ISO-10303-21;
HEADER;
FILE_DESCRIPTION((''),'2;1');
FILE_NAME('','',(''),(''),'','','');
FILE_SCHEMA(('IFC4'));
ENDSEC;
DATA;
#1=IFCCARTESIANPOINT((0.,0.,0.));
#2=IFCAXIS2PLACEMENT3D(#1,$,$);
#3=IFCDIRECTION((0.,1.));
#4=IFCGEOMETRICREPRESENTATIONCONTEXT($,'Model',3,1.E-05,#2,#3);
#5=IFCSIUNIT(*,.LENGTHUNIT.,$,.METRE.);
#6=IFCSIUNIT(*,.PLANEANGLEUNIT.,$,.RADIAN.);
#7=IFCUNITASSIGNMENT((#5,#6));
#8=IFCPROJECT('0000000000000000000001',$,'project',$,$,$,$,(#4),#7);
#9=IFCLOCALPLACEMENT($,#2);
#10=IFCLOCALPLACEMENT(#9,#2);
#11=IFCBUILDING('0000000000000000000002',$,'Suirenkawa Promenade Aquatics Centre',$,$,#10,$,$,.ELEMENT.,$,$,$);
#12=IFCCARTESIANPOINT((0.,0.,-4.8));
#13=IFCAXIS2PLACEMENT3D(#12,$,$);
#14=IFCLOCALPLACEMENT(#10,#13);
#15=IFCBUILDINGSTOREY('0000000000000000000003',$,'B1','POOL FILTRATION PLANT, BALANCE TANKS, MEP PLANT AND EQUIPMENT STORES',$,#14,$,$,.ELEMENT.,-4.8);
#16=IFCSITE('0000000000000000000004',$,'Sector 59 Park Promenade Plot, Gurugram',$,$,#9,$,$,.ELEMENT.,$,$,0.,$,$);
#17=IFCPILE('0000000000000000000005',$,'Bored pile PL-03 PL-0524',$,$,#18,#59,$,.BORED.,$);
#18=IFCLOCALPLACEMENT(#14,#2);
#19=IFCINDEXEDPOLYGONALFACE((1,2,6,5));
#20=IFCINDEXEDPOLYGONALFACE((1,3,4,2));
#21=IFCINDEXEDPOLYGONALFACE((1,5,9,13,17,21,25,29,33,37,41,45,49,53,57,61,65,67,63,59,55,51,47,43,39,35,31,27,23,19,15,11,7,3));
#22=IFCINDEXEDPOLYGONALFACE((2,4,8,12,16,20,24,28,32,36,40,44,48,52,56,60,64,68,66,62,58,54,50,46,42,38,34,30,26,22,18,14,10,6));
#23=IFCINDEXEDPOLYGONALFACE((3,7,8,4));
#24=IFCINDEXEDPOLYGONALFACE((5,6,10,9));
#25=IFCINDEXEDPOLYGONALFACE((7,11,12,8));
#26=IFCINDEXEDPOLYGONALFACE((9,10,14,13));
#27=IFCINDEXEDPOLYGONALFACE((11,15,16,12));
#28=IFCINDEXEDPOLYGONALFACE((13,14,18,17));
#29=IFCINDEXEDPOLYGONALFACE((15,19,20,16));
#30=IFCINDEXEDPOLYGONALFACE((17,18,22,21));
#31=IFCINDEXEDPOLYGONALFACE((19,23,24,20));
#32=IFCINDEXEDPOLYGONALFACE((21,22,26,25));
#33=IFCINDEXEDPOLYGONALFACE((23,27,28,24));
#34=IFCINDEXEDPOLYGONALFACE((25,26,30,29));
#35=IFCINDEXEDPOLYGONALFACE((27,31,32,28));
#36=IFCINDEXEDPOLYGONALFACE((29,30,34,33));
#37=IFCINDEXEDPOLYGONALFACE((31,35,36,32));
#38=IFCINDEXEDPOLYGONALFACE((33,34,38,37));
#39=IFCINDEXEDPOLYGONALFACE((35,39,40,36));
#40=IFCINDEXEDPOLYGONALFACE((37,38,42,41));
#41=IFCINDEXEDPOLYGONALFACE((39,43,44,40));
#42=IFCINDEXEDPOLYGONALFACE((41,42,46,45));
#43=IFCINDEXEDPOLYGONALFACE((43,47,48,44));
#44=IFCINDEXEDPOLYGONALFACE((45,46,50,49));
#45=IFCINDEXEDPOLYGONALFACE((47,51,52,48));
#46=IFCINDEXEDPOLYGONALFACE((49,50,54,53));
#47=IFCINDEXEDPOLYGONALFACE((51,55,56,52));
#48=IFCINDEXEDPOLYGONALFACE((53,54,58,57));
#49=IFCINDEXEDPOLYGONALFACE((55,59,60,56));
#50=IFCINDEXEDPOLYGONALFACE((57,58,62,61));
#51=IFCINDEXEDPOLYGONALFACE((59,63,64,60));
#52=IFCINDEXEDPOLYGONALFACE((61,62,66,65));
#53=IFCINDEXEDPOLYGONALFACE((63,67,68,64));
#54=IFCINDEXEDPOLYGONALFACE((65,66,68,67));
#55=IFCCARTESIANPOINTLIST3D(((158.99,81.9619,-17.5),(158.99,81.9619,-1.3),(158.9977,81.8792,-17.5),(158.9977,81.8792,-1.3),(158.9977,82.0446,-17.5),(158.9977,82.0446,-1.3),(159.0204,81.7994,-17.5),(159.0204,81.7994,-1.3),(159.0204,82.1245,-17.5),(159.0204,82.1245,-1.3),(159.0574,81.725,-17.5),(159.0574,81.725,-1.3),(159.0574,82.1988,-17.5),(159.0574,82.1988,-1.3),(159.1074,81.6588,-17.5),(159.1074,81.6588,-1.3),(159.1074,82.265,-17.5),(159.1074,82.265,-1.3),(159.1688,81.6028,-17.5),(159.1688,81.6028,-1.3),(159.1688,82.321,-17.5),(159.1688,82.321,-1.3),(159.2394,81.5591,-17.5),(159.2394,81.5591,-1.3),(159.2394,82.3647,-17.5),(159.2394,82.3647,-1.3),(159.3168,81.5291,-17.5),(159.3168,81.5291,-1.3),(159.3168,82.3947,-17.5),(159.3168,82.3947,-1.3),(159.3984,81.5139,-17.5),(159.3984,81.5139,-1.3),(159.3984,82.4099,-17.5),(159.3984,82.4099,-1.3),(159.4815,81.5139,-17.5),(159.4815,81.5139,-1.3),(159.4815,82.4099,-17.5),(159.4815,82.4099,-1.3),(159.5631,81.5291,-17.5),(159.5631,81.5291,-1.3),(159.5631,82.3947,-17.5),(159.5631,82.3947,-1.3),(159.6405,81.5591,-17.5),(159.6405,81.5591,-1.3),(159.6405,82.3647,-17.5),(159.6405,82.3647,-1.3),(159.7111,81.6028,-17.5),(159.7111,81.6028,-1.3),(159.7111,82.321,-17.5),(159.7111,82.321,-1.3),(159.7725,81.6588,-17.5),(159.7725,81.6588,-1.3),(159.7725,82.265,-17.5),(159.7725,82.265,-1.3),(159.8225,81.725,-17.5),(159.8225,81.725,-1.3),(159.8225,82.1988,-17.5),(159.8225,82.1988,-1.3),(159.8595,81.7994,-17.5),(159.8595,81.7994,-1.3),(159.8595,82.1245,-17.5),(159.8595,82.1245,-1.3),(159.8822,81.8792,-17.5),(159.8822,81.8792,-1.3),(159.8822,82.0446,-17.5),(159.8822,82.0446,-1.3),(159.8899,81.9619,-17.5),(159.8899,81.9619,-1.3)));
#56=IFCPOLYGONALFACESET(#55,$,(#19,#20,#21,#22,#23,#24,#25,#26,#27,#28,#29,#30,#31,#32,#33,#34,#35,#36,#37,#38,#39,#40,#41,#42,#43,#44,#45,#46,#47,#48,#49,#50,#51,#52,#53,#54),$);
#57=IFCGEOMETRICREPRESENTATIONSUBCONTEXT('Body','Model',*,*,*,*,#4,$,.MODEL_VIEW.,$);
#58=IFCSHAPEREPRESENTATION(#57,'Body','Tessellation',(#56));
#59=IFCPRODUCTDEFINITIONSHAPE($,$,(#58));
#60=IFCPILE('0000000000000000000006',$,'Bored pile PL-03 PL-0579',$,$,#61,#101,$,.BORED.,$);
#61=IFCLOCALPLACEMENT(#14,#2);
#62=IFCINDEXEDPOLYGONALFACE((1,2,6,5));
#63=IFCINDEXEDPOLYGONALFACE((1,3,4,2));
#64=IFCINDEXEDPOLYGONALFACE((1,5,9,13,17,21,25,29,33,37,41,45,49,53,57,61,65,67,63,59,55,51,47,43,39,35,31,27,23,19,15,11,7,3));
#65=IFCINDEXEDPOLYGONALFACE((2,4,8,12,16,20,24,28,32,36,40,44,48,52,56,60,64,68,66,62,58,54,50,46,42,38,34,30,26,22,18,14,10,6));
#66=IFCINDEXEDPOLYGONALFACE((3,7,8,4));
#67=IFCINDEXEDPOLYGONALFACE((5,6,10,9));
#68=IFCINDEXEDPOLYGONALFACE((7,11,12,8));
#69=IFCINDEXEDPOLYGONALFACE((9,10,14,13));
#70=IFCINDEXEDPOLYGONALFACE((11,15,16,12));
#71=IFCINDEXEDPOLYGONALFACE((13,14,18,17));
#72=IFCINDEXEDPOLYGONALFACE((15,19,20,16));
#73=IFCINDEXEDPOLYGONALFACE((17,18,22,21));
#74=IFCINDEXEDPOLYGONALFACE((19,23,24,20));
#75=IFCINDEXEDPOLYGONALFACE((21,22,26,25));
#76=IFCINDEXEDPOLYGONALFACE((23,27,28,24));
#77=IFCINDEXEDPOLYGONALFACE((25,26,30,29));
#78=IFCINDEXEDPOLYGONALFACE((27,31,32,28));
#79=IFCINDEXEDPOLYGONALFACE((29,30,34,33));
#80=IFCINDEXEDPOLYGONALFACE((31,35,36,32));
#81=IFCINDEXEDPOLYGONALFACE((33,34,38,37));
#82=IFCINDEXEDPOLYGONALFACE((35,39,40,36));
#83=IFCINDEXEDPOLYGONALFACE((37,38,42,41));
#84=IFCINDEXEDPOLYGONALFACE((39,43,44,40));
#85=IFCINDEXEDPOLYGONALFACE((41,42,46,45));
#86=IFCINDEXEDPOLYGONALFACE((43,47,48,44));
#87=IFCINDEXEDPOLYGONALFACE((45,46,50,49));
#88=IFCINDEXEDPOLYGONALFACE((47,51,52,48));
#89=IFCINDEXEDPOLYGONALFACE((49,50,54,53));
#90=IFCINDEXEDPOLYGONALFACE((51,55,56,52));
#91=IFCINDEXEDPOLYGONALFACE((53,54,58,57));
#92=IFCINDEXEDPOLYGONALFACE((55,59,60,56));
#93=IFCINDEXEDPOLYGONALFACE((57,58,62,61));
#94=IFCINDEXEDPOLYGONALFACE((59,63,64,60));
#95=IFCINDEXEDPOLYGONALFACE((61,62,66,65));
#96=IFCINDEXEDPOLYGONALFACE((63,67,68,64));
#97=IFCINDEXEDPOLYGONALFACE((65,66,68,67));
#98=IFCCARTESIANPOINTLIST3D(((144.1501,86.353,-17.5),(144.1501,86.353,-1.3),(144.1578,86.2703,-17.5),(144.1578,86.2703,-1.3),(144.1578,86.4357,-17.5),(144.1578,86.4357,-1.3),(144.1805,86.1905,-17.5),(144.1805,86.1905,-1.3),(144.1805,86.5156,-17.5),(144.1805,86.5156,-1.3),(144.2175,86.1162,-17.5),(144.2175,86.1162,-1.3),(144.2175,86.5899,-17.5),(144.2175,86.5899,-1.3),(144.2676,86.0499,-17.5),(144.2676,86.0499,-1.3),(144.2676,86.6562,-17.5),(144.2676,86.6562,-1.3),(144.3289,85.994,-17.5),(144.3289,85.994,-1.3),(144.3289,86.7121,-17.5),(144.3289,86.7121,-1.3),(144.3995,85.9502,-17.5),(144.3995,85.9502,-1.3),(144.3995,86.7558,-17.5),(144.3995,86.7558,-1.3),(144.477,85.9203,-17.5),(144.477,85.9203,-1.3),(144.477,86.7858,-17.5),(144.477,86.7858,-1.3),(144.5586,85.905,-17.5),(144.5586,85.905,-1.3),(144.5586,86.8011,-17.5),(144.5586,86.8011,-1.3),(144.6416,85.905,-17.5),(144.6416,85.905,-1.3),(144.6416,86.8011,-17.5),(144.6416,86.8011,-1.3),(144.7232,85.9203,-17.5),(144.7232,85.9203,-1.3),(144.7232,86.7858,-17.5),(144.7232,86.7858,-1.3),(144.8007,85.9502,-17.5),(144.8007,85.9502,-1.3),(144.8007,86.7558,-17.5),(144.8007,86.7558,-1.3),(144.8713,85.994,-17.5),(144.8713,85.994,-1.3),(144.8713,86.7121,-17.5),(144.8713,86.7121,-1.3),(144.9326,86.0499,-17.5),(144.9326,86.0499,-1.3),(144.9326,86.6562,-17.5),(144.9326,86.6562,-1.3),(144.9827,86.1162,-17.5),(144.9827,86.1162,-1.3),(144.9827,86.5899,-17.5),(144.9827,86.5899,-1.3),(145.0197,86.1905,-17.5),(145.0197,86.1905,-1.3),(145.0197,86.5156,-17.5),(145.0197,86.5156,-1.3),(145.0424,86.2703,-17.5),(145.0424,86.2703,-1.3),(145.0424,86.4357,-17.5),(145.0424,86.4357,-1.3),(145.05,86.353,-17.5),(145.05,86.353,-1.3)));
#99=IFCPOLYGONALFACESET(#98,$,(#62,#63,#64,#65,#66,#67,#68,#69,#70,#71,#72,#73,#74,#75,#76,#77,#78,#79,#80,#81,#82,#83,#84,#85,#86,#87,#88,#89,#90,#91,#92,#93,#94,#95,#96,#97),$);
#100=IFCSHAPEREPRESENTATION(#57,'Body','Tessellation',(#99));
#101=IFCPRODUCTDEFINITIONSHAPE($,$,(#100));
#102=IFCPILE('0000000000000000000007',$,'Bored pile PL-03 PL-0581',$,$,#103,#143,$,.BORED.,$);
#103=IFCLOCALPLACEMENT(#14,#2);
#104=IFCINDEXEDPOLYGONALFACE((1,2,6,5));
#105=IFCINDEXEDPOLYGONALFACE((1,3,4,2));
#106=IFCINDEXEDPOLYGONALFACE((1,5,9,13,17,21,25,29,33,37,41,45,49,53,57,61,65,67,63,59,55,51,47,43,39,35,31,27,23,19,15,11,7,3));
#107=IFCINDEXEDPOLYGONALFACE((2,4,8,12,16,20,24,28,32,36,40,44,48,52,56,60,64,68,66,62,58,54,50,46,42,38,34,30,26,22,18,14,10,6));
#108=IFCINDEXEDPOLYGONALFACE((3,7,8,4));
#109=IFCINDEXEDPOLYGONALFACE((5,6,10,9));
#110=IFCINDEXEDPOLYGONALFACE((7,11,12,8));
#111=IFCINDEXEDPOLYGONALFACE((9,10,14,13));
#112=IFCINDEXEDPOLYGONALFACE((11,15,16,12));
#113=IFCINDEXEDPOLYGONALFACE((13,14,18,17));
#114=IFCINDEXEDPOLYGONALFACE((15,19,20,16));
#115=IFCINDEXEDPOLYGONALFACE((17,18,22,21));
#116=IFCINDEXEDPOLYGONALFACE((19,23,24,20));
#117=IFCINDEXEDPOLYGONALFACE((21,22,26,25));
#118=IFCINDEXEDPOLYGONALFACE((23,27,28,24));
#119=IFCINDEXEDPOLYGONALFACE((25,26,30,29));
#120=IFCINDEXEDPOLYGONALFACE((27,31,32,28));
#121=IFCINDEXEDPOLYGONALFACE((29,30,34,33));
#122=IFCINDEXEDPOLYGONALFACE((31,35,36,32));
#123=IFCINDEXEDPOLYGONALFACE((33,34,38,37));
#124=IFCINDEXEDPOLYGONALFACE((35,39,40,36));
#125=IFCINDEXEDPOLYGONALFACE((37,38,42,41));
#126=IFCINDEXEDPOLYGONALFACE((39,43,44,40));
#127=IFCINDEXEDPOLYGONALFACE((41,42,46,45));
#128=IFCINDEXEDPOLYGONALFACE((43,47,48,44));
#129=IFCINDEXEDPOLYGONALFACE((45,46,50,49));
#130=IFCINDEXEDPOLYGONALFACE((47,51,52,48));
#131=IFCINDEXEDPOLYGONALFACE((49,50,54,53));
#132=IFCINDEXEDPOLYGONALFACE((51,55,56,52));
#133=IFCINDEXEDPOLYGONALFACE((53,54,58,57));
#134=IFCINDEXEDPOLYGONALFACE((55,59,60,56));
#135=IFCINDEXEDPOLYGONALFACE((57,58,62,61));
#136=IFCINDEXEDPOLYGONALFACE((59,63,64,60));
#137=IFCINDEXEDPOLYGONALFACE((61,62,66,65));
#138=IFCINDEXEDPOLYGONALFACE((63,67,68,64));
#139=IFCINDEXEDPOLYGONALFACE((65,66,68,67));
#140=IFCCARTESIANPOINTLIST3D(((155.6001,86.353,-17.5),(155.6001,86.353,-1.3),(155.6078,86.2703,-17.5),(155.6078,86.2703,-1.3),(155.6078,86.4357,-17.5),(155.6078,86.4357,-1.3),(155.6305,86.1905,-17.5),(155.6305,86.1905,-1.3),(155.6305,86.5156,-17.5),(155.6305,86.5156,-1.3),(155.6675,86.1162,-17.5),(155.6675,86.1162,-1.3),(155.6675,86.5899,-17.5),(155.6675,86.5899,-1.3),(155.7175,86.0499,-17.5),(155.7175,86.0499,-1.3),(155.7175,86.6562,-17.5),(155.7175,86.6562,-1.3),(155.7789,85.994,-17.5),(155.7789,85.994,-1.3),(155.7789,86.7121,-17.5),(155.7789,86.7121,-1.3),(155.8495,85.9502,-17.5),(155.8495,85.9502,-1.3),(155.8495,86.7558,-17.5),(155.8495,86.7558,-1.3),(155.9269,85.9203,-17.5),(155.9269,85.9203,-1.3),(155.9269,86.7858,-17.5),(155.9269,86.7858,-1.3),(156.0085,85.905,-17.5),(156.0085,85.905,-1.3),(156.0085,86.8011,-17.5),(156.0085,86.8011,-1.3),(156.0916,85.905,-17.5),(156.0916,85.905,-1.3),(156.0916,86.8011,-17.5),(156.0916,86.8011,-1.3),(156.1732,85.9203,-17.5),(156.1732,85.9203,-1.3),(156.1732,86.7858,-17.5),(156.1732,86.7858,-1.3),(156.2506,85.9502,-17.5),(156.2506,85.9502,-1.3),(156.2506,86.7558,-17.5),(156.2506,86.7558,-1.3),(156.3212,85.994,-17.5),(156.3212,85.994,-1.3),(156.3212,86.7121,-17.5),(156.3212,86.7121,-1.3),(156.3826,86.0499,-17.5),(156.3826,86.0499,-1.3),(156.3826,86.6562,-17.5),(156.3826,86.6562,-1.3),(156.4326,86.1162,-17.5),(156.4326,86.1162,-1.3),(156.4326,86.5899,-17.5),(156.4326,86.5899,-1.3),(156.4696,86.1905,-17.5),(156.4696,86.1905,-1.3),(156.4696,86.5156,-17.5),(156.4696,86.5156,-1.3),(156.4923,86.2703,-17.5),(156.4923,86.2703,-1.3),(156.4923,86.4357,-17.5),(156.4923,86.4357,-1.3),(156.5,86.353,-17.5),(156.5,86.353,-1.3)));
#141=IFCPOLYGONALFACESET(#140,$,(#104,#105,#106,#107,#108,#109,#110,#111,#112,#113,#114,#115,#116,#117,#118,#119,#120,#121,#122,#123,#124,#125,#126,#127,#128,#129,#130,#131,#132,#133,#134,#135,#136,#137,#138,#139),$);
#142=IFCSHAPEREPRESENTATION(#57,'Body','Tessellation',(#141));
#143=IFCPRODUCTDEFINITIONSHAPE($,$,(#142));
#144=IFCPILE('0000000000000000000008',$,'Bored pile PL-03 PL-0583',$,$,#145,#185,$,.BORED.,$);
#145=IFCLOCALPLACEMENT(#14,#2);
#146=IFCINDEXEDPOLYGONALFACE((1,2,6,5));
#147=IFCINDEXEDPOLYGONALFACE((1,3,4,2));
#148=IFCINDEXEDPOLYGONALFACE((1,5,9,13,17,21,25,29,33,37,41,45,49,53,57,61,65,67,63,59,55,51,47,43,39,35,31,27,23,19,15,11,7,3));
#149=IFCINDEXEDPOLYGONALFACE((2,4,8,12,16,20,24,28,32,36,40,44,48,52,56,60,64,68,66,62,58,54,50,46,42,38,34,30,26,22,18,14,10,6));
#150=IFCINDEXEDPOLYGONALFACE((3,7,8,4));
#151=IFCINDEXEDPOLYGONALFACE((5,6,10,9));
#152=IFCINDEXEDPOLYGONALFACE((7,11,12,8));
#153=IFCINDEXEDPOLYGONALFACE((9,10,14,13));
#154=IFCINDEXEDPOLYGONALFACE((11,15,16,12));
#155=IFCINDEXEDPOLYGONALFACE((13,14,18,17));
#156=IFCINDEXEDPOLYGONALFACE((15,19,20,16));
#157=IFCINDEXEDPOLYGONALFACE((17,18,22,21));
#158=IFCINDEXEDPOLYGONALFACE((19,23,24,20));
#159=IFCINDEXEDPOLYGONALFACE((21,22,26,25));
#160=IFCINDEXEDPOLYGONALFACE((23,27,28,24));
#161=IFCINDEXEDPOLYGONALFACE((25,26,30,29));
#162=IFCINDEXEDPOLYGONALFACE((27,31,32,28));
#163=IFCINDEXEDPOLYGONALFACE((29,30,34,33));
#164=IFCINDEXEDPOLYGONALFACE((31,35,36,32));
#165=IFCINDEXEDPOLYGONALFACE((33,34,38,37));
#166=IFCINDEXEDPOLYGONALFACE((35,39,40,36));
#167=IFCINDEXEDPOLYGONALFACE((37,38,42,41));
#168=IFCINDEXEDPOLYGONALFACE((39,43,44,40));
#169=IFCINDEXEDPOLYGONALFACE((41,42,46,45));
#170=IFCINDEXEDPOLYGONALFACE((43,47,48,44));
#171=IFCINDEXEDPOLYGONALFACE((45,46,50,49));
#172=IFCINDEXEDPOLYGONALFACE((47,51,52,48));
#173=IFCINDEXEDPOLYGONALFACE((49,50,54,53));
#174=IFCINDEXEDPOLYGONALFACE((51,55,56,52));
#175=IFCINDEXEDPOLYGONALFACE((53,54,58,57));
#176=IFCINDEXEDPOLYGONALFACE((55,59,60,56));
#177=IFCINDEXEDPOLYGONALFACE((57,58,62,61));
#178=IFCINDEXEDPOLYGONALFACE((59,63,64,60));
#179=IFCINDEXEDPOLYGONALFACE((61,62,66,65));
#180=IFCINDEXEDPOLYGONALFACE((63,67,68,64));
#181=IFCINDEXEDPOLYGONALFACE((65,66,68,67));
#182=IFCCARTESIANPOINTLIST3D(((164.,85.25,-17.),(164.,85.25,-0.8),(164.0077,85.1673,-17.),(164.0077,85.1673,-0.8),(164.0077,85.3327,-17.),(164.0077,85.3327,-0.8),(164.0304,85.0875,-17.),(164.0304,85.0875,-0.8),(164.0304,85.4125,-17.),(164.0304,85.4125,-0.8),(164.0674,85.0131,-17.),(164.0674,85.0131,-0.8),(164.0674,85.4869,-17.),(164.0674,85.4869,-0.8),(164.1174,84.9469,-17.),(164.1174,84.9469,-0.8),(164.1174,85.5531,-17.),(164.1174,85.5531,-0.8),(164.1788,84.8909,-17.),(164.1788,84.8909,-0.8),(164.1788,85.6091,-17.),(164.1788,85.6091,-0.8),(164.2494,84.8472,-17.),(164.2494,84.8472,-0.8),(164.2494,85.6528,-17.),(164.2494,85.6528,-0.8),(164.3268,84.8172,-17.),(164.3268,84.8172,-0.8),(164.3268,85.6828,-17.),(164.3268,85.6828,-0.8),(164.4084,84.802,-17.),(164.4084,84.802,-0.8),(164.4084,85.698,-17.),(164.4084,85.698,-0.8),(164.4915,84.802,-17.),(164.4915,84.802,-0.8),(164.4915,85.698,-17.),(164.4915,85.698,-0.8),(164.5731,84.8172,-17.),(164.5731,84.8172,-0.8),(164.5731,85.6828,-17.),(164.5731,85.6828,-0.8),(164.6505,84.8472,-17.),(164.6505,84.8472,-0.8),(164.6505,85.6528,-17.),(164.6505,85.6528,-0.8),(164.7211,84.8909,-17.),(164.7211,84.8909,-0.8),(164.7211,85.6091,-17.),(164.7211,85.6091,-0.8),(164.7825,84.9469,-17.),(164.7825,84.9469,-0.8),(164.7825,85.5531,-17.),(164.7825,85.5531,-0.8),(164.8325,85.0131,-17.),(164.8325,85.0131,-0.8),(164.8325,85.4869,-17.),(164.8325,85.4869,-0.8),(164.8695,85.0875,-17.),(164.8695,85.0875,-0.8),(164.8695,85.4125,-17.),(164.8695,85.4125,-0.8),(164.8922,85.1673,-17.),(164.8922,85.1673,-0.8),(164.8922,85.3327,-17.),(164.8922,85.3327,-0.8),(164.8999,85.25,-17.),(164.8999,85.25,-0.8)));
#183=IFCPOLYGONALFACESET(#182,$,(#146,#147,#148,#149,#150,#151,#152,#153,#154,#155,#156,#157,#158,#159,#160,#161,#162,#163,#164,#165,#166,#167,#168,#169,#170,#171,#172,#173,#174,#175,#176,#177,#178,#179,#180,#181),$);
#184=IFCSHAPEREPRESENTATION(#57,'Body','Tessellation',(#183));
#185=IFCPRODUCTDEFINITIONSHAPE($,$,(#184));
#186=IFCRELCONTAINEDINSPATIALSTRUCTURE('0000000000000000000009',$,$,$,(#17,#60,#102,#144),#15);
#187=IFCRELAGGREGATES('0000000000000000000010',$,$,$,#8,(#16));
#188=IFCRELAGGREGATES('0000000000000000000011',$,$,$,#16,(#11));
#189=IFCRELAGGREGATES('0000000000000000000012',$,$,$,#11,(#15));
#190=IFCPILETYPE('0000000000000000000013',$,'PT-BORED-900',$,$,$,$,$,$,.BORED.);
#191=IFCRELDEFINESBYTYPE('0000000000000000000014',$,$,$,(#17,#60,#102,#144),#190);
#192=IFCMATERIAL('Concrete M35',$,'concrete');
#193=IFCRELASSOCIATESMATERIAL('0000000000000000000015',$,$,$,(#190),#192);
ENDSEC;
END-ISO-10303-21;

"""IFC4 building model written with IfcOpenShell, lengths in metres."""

from ifc_helpers import new_model, si_unit, direction, frame, origin, origin_2d, place, context, subcontext, project, spatial, circle, extrude, material, material_profile, profile_set, type_object, element, save


model = new_model("IFC4")

# Units and contexts
model_context = context("Model", 3, precision=1e-05, world=origin(), true_north=direction((0.0, 1.0)))
body_context = subcontext(model_context, "Body", "Model", "MODEL_VIEW")
ifc_project = project(units=[si_unit("LENGTHUNIT", "METRE"), si_unit("PLANEANGLEUNIT", "RADIAN")], contexts=[model_context])

# Site, building, storey
site_placement = place(None, origin())
site = spatial("IfcSite", under=ifc_project, at=site_placement, Name="Sector 59 Park Promenade Plot, Gurugram", CompositionType="ELEMENT", RefElevation=0.0)
building_placement = place(site_placement, origin())
building = spatial("IfcBuilding", under=site, at=building_placement, Name="Suirenkawa Promenade Aquatics Centre", CompositionType="ELEMENT")
storey_placement = place(building_placement, frame((0.0, 0.0, -4.8)))
storey = spatial("IfcBuildingStorey", under=building, at=storey_placement, Name="B1", Description="POOL FILTRATION PLANT, BALANCE TANKS, MEP PLANT AND EQUIPMENT STORES", CompositionType="ELEMENT", Elevation=-4.8)

# Shared definitions
ifc_material_1 = material(Name="Concrete M35", Category="concrete")

# Piles
ifc_material_profile_1 = material_profile(ifc_material_1, circle(Radius=0.45, at=origin_2d()), Name="PILE D900", Category="concrete")
ifc_profile_set_1 = profile_set([ifc_material_profile_1], Name="Concrete M35")
pile_type_1 = type_object("IfcPileType", Name="PT-BORED-900", PredefinedType="BORED", material=ifc_profile_set_1)
for number, where, z_axis, x_axis, name in (
    (1, (159.4399, 81.9619, -1.3), (0.0, 0.0, -1.0), (1.0, 0.0, 0.0), "Bored pile PL-03 PL-0524"),
    (2, (144.6001, 86.353, -1.3), (0.0, 0.0, -1.0), (1.0, 0.0, 0.0), "Bored pile PL-03 PL-0579"),
    (3, (156.05, 86.353, -1.3), (0.0, 0.0, -1.0), (1.0, 0.0, 0.0), "Bored pile PL-03 PL-0581"),
    (4, (164.45, 85.25, -0.8), (0.0, 0.0, -1.0), (1.0, 0.0, 0.0), "Bored pile PL-03 PL-0583"),
):
    element("IfcPile", number, at=place(storey_placement, frame(where, z_axis=z_axis, x_axis=x_axis)), inside=storey, type_object=pile_type_1, Name=name, PredefinedType="BORED", context=body_context, shape_type="SweptSolid", body=[
        extrude(circle(Radius=0.45, at=origin_2d()), origin(), (0.0, 0.0, 1.0), 16.2),
    ])

save(model, "model.ifc")
